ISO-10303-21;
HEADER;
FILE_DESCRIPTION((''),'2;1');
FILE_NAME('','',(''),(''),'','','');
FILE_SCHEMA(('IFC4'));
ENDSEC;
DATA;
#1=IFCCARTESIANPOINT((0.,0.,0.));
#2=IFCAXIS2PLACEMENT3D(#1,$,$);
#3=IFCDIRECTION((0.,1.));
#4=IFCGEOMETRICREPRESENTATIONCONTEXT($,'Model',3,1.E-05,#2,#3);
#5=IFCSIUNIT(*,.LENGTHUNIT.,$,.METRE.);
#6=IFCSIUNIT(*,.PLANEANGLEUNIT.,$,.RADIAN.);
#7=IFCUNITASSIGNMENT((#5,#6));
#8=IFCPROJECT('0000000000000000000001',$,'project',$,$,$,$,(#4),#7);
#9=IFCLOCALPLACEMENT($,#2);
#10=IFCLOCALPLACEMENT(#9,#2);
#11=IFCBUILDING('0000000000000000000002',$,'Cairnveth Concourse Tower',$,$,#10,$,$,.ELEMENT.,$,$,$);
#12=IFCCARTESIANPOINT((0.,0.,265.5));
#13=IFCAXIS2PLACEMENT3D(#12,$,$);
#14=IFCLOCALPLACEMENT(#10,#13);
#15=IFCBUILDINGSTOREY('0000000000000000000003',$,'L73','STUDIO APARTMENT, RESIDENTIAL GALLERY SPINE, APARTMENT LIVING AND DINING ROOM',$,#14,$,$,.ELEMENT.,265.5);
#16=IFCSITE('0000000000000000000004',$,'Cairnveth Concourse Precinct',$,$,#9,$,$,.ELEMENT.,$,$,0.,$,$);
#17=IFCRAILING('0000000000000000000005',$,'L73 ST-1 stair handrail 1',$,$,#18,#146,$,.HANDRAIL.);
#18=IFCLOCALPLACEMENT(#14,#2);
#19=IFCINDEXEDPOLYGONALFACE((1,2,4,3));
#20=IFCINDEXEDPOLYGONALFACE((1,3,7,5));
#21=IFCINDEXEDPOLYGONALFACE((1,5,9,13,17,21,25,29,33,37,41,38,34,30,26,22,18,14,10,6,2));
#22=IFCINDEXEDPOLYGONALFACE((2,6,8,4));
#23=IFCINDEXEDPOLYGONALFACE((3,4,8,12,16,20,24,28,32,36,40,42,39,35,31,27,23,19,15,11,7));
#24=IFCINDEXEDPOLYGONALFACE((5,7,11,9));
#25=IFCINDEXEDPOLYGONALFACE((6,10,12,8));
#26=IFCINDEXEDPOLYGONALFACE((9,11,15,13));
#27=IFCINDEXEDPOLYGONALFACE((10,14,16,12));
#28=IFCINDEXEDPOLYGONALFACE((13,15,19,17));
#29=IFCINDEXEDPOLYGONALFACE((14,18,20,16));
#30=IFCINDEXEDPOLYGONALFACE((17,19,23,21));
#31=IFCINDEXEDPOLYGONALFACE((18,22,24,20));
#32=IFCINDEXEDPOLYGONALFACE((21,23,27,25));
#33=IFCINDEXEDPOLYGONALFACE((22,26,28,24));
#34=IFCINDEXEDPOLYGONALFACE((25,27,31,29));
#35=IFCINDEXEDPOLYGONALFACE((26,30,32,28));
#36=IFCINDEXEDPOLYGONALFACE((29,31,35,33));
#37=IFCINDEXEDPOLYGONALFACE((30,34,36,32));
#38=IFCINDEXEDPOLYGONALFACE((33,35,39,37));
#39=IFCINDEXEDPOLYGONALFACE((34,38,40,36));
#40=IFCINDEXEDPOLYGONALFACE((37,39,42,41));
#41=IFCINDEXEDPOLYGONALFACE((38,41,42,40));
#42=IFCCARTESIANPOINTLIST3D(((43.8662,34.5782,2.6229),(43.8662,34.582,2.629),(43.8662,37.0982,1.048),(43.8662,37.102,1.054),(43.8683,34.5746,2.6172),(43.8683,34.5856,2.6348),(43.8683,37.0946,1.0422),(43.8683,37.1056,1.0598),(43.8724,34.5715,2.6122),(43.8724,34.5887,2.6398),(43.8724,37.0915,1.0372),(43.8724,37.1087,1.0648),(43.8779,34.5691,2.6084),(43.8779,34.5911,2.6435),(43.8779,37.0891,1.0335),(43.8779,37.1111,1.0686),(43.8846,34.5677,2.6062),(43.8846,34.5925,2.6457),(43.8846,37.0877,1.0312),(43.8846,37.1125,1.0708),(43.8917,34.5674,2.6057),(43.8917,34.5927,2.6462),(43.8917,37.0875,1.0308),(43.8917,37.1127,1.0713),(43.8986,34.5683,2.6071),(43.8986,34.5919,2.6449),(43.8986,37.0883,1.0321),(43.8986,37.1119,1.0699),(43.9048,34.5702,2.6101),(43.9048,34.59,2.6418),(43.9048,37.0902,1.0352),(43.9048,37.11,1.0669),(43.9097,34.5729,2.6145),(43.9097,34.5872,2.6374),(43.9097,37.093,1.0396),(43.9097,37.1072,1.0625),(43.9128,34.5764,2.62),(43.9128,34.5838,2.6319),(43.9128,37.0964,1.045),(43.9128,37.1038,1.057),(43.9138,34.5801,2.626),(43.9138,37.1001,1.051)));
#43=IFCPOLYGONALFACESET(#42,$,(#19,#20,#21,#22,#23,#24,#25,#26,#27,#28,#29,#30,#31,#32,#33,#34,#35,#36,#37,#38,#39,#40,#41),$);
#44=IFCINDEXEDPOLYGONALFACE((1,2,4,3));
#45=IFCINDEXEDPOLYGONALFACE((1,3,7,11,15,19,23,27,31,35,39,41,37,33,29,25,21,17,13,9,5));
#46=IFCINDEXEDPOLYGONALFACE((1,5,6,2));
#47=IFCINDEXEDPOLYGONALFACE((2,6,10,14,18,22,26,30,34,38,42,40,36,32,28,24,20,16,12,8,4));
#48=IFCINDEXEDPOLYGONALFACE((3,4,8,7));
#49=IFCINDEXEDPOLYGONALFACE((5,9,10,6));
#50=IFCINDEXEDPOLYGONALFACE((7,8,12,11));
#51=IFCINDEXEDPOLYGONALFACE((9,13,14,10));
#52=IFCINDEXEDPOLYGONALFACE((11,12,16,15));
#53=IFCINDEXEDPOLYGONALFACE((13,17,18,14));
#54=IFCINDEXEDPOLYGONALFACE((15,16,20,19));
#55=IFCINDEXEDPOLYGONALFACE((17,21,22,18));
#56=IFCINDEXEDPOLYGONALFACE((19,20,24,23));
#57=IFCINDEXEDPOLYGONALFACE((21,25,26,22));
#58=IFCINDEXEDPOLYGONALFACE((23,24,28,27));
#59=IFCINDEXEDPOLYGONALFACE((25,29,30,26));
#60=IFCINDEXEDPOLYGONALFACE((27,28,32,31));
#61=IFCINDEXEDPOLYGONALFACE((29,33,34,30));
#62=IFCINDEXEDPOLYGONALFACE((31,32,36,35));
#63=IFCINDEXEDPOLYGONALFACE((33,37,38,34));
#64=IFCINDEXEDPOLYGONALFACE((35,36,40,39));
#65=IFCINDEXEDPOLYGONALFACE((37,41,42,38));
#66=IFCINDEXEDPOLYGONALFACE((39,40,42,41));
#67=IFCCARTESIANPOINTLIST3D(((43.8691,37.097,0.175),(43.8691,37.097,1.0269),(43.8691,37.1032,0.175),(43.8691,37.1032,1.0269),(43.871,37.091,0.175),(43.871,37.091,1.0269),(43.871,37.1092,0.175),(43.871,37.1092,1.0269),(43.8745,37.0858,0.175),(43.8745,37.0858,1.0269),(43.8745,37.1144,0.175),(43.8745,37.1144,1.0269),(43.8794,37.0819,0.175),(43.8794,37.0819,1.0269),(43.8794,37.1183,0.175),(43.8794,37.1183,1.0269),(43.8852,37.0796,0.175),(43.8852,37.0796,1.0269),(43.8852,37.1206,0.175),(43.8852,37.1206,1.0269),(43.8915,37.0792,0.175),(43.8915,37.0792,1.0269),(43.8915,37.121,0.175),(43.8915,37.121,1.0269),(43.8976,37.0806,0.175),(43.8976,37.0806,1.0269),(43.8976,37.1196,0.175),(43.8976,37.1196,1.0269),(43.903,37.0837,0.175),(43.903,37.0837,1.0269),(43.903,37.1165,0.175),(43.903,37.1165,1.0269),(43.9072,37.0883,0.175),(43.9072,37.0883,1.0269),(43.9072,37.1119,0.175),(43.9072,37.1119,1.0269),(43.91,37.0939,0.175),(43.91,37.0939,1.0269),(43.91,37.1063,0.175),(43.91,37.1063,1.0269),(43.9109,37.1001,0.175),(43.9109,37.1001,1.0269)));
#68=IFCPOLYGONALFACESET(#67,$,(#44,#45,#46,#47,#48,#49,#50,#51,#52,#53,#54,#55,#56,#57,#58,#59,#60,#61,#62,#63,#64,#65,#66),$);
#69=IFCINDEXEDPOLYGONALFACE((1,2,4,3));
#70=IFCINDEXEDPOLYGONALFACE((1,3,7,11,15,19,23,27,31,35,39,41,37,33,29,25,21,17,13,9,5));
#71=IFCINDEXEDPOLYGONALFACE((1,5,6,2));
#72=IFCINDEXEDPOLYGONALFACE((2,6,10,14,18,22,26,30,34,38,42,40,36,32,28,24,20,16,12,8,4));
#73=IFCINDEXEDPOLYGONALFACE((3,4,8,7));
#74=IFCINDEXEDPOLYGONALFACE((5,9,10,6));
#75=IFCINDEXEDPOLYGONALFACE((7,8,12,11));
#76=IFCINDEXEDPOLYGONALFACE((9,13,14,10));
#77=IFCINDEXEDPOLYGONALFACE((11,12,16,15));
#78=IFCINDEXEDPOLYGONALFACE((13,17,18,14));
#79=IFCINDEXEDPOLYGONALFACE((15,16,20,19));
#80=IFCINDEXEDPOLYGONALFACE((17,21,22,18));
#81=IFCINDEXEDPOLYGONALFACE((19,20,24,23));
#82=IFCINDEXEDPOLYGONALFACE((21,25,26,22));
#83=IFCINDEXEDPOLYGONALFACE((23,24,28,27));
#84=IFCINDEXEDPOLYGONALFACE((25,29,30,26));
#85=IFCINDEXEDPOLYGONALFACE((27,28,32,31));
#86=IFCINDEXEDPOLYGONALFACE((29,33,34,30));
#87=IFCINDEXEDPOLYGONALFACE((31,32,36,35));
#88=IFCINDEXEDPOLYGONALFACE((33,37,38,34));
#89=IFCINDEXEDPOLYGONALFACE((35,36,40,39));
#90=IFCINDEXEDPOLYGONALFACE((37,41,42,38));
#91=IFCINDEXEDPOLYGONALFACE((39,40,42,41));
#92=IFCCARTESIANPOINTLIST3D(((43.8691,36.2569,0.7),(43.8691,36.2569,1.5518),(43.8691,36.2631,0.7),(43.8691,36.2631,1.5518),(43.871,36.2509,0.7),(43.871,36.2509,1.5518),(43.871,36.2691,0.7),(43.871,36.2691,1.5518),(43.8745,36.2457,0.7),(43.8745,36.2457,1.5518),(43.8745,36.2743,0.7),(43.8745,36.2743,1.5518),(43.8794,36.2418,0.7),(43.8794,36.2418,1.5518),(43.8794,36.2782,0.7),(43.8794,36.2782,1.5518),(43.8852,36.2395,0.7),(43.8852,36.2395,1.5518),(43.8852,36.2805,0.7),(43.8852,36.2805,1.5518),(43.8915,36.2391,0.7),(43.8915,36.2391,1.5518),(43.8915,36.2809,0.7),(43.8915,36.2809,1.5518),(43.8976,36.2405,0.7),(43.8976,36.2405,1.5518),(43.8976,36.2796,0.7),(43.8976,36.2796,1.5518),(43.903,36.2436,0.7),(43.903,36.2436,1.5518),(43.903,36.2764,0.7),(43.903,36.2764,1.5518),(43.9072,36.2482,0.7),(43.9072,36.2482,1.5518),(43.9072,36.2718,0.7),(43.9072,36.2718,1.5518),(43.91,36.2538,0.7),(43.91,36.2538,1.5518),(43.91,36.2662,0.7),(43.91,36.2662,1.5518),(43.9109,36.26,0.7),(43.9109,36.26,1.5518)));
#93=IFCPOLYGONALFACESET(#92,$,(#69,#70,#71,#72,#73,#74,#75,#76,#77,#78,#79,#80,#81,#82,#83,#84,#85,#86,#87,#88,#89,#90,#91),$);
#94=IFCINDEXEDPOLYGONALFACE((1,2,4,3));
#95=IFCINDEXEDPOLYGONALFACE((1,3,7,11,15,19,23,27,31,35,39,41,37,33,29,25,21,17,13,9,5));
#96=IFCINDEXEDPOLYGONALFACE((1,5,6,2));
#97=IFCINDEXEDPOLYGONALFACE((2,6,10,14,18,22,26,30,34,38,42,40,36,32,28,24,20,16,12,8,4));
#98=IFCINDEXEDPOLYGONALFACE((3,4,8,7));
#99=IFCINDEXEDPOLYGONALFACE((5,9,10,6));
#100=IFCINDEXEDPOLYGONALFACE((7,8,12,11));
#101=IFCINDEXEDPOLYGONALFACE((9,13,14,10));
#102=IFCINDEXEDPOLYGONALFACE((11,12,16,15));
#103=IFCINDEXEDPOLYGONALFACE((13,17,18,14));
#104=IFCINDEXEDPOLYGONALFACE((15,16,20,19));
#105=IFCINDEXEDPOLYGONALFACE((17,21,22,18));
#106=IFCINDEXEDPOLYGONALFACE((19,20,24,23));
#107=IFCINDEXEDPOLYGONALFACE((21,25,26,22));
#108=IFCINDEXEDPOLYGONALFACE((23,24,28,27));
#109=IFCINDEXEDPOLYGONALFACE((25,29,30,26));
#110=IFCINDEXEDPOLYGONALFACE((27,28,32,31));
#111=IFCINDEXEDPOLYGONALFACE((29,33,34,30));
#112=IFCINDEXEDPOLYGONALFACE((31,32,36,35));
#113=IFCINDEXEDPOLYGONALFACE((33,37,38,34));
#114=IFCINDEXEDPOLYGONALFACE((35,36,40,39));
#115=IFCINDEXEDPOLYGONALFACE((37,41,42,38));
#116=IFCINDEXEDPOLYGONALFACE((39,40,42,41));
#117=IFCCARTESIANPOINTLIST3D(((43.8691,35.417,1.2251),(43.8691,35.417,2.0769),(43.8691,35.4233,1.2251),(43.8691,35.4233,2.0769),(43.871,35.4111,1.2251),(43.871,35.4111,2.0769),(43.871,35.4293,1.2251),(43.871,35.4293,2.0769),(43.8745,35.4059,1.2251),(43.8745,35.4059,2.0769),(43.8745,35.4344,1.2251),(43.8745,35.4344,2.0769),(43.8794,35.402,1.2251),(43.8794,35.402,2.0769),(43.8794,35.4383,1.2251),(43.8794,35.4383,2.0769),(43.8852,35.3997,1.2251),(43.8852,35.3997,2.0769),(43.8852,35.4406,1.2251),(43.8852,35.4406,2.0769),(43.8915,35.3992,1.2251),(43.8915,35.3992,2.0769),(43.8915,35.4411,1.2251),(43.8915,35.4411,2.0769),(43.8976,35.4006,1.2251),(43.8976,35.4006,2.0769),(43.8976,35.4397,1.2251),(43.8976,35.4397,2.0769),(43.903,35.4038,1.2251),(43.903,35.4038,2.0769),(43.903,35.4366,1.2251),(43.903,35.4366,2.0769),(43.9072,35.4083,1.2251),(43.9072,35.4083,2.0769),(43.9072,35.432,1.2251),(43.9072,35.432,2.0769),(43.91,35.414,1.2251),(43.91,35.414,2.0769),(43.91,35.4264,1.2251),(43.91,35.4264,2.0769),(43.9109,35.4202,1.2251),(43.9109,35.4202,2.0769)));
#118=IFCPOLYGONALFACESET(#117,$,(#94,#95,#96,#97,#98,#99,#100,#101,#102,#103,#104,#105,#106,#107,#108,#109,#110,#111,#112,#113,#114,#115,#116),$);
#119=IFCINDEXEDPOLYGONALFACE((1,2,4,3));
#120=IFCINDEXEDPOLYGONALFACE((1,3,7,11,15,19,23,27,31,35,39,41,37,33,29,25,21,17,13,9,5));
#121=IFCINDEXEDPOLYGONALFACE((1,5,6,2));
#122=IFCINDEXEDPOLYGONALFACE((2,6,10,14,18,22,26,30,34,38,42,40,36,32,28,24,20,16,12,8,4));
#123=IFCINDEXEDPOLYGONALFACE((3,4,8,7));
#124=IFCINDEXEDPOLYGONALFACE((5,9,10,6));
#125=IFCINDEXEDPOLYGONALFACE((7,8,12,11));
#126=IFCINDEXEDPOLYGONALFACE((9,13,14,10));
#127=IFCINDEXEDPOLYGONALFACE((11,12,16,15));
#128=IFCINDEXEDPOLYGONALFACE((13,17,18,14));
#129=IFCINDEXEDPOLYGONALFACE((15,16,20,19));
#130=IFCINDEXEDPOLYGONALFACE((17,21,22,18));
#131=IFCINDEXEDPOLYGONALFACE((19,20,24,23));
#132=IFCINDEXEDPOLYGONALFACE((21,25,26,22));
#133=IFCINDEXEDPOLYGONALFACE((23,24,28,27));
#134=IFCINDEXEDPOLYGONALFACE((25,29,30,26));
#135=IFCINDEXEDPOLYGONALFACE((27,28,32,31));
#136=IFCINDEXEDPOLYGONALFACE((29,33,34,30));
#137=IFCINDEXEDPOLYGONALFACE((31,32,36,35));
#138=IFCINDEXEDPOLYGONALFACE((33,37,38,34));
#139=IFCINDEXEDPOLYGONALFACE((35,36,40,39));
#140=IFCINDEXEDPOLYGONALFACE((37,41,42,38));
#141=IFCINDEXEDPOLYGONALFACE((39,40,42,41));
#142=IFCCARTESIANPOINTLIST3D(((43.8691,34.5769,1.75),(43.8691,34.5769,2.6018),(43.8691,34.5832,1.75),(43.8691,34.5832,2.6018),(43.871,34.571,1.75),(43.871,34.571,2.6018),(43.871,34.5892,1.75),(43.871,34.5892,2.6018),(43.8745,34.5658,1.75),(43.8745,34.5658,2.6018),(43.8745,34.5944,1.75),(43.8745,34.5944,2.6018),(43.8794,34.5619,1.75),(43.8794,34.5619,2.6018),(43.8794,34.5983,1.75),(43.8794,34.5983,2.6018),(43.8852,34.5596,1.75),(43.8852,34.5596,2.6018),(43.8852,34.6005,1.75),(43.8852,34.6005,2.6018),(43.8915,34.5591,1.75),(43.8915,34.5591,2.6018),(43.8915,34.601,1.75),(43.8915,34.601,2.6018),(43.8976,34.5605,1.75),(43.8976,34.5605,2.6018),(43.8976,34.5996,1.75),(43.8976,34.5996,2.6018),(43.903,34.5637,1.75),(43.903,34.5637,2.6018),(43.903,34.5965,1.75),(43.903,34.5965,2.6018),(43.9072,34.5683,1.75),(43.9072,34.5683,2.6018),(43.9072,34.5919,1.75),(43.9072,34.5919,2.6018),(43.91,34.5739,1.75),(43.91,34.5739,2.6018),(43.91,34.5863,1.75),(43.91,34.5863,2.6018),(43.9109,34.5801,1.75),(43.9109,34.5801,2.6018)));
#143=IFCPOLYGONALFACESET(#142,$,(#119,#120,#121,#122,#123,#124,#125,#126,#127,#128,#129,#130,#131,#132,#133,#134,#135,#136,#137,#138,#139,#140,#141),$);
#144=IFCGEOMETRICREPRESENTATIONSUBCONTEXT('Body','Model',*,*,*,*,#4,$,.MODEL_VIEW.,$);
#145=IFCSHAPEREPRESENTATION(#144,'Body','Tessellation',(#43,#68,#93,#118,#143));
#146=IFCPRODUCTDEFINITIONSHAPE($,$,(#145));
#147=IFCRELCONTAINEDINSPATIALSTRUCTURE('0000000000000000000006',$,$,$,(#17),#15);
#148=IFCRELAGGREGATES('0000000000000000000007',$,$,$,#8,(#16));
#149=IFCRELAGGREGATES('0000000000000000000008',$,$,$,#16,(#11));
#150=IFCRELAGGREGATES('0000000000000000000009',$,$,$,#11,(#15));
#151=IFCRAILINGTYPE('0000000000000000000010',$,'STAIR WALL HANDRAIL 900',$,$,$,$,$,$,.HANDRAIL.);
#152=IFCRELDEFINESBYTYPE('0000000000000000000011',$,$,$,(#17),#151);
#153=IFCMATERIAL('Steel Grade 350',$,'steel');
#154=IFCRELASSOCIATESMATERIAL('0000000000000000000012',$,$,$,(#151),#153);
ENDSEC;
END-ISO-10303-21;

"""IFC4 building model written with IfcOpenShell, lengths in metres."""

from ifc_helpers import new_model, si_unit, direction, frame, origin, origin_2d, place, context, subcontext, project, spatial, circle, extrude, material, type_object, element, save


model = new_model("IFC4")

# Units and contexts
model_context = context("Model", 3, precision=1e-05, world=origin(), true_north=direction((0.0, 1.0)))
body_context = subcontext(model_context, "Body", "Model", "MODEL_VIEW")
ifc_project = project(units=[si_unit("LENGTHUNIT", "METRE"), si_unit("PLANEANGLEUNIT", "RADIAN")], contexts=[model_context])

# Site, building, storey
site_placement = place(None, origin())
site = spatial("IfcSite", under=ifc_project, at=site_placement, Name="Cairnveth Concourse Precinct", CompositionType="ELEMENT", RefElevation=0.0)
building_placement = place(site_placement, origin())
building = spatial("IfcBuilding", under=site, at=building_placement, Name="Cairnveth Concourse Tower", CompositionType="ELEMENT")
storey_placement = place(building_placement, frame((0.0, 0.0, 265.5)))
storey = spatial("IfcBuildingStorey", under=building, at=storey_placement, Name="L73", Description="STUDIO APARTMENT, RESIDENTIAL GALLERY SPINE, APARTMENT LIVING AND DINING ROOM", CompositionType="ELEMENT", Elevation=265.5)

# Shared definitions
ifc_material_1 = material(Name="Steel Grade 350", Category="steel")

# Railing
railing_type = type_object("IfcRailingType", Name="STAIR WALL HANDRAIL 900", PredefinedType="HANDRAIL", material=ifc_material_1)
railing_placement = place(storey_placement, frame((43.8899, 37.1001, 0.175)))
element("IfcRailing", 1, at=railing_placement, inside=storey, type_object=railing_type, Name="L73 ST-1 stair handrail 1", PredefinedType="HANDRAIL", context=body_context, shape_type="SweptSolid", body=[
    extrude(circle(Radius=0.0239, at=origin_2d()), frame((0.0, 0.0, 0.876), z_axis=(0.0, -0.848008, 0.529984), x_axis=(1.0, 0.0, 0.0)), (0.0, 0.0, 1.0), 2.9717),
    extrude(circle(Radius=0.021, at=origin_2d()), origin(), (0.0, 0.0, 1.0), 0.8518),
    extrude(circle(Radius=0.021, at=origin_2d()), frame((0.0, -0.8401, 0.5249)), (0.0, 0.0, 1.0), 0.8518),
    extrude(circle(Radius=0.021, at=origin_2d()), frame((0.0, -1.6799, 1.05)), (0.0, 0.0, 1.0), 0.8518),
    extrude(circle(Radius=0.021, at=origin_2d()), frame((0.0, -2.52, 1.575)), (0.0, 0.0, 1.0), 0.8518),
])

save(model, "model.ifc")
